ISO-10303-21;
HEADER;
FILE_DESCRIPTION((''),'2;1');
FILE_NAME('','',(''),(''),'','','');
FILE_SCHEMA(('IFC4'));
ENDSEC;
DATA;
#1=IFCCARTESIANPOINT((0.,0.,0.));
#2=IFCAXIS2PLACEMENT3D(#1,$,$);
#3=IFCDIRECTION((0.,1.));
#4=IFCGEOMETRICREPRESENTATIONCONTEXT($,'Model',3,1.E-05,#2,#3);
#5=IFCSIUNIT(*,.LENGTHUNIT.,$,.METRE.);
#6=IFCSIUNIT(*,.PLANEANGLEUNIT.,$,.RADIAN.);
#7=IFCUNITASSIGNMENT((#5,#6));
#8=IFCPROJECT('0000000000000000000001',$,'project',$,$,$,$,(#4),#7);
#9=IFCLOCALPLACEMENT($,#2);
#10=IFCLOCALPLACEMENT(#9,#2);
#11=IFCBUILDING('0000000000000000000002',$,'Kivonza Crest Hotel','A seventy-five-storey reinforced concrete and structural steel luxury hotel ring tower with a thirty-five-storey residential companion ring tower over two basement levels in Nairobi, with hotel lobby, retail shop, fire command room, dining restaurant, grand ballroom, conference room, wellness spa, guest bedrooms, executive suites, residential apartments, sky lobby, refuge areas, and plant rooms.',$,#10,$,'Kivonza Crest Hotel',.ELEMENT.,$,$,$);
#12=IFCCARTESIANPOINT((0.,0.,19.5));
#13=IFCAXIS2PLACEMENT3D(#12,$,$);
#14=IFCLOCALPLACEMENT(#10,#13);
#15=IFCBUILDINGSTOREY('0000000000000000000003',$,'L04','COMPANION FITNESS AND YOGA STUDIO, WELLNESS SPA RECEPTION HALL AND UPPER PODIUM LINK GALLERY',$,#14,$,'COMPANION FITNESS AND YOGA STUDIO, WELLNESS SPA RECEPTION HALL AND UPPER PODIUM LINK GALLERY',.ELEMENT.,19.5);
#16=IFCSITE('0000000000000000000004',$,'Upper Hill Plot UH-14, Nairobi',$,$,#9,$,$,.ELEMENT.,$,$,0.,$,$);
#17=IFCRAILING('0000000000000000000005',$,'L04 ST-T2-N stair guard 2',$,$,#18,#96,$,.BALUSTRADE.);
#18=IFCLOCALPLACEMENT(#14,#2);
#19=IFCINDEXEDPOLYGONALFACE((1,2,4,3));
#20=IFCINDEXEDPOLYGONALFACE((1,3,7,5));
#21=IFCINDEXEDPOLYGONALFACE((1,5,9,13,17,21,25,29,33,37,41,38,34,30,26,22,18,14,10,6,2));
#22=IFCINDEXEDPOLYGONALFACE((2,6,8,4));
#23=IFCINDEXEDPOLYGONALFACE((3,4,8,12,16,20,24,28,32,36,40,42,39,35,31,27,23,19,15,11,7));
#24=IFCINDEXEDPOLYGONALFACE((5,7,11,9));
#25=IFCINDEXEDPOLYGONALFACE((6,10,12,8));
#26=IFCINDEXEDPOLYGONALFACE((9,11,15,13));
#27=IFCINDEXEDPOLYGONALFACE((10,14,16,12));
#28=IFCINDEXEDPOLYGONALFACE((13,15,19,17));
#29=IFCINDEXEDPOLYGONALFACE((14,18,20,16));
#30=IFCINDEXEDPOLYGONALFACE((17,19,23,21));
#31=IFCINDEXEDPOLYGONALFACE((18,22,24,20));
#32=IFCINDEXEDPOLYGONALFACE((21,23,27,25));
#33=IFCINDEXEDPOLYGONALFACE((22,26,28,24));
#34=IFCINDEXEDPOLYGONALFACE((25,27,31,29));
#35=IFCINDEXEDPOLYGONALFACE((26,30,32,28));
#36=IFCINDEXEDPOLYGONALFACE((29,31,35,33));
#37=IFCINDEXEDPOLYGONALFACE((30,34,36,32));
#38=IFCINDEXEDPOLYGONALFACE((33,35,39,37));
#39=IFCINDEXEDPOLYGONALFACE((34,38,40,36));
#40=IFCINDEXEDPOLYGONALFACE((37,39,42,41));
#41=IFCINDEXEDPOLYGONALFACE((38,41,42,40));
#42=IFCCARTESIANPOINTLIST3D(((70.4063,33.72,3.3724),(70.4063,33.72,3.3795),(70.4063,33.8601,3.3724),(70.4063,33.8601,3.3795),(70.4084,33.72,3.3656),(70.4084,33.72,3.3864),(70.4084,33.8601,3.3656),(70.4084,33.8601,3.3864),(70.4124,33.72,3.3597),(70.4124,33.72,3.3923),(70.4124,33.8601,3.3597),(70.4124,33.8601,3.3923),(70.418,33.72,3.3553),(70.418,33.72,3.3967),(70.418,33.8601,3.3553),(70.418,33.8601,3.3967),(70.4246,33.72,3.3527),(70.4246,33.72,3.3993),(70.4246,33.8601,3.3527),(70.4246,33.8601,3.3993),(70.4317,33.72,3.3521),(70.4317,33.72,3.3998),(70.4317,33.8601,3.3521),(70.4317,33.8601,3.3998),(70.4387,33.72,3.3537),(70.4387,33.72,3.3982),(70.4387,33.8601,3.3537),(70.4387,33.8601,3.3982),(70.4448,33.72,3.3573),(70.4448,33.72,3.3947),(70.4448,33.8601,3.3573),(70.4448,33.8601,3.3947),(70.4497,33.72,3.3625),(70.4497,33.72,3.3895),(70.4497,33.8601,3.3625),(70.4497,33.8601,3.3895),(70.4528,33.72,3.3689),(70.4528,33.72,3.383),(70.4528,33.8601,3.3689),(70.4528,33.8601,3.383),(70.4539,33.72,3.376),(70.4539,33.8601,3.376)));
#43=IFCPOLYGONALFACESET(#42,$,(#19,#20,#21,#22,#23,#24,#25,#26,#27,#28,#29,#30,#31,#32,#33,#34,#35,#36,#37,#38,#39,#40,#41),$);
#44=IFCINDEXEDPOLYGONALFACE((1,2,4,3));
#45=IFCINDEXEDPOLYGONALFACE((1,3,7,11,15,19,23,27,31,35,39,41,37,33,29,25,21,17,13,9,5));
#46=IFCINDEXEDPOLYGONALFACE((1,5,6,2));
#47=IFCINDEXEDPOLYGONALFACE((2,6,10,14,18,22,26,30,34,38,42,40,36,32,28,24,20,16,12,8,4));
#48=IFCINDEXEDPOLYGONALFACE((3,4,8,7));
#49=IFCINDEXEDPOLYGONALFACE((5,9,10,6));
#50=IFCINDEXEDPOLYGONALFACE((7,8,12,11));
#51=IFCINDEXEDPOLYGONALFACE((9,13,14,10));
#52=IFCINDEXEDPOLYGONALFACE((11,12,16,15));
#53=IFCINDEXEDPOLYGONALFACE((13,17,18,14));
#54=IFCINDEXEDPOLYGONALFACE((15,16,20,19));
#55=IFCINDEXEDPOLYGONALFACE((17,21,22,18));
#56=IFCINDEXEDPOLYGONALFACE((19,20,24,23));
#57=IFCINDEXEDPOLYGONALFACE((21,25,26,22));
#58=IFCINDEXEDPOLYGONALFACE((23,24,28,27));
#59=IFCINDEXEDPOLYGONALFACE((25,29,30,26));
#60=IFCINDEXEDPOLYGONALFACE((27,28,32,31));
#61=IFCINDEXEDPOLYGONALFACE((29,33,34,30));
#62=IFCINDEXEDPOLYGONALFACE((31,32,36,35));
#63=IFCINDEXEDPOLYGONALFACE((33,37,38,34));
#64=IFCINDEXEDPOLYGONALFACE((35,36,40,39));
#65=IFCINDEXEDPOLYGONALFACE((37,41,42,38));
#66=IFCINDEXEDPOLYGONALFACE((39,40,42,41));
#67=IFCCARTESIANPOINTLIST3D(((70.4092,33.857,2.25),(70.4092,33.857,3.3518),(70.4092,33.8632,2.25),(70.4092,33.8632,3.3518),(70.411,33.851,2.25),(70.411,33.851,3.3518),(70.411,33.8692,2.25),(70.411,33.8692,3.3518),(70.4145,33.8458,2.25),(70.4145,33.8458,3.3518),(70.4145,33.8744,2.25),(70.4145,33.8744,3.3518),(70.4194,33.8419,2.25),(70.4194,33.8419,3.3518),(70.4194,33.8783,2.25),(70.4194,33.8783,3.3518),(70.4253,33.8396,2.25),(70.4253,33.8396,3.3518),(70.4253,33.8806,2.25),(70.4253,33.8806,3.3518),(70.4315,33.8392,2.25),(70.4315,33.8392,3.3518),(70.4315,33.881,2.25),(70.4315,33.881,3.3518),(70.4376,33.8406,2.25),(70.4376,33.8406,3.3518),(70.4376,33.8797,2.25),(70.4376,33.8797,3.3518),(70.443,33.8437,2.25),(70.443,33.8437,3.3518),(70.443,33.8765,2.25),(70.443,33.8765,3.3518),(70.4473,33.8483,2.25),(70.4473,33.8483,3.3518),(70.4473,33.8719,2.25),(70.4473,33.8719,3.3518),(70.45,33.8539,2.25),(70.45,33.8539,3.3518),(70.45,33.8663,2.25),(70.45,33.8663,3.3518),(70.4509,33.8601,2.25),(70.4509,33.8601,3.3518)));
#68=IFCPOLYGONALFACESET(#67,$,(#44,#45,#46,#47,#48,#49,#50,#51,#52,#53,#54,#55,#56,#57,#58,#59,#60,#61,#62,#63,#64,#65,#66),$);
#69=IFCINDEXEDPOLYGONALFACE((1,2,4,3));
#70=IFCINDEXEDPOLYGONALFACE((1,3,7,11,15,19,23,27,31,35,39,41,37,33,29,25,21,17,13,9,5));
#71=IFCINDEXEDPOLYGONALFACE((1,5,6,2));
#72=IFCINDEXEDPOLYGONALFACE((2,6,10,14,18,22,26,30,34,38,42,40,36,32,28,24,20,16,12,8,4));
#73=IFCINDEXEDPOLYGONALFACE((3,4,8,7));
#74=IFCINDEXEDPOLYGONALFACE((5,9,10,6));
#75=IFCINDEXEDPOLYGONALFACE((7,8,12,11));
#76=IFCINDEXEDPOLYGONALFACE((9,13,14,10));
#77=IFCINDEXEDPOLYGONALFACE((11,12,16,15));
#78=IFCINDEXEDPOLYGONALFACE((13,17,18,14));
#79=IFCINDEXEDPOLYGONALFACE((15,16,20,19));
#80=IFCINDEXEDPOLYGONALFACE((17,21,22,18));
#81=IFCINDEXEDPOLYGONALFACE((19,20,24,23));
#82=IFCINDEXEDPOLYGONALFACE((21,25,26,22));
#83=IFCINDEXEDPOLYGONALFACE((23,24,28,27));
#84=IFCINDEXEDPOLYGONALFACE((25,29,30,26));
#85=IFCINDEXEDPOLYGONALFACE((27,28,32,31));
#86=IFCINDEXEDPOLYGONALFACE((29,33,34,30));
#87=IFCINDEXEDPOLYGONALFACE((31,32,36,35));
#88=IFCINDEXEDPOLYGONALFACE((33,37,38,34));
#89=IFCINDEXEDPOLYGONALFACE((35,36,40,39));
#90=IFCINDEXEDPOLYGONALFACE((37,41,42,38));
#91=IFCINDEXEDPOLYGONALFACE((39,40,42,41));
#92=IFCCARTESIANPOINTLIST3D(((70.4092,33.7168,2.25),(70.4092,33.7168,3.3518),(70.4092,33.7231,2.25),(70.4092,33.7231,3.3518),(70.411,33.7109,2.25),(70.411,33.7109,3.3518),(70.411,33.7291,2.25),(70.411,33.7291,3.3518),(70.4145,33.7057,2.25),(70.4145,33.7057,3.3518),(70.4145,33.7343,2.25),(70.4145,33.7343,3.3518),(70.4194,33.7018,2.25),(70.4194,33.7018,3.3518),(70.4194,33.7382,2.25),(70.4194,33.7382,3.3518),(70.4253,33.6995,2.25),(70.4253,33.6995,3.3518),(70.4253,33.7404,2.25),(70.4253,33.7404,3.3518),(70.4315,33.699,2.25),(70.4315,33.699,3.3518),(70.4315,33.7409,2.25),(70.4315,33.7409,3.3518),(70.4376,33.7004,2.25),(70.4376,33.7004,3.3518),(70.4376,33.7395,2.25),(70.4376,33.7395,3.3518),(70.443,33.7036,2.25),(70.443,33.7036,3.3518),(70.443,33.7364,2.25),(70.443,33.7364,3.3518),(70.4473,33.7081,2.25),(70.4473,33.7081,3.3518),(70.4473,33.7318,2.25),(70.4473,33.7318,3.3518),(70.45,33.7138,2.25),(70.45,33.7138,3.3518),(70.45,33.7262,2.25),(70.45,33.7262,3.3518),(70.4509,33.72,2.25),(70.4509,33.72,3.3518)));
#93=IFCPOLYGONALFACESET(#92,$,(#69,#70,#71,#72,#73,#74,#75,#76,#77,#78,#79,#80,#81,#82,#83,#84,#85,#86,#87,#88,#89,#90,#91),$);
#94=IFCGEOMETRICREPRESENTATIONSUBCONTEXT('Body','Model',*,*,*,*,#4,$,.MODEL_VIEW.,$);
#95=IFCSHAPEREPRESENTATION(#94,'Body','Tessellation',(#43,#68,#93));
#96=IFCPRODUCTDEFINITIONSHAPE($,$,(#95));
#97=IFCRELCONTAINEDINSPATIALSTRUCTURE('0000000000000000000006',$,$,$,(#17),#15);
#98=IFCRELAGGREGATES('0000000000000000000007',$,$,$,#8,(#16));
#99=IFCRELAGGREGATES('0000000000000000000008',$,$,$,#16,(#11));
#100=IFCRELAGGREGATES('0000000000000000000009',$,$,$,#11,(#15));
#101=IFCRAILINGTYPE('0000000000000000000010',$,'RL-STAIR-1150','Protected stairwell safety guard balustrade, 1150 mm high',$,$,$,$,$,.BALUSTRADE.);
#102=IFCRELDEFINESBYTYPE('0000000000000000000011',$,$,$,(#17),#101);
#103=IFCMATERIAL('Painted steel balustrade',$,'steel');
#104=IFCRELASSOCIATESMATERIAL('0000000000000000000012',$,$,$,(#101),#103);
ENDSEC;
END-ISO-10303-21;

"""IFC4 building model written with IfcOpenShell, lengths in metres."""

from ifc_helpers import new_model, si_unit, direction, frame, origin, origin_2d, place, context, subcontext, project, spatial, circle, extrude, material, type_object, element, save


model = new_model("IFC4")

# Units and contexts
model_context = context("Model", 3, precision=1e-05, world=origin(), true_north=direction((0.0, 1.0)))
body_context = subcontext(model_context, "Body", "Model", "MODEL_VIEW")
ifc_project = project(units=[si_unit("LENGTHUNIT", "METRE"), si_unit("PLANEANGLEUNIT", "RADIAN")], contexts=[model_context])

# Site, building, storey
site_placement = place(None, origin())
site = spatial("IfcSite", under=ifc_project, at=site_placement, Name="Upper Hill Plot UH-14, Nairobi", CompositionType="ELEMENT", RefElevation=0.0)
building_placement = place(site_placement, origin())
building = spatial("IfcBuilding", under=site, at=building_placement, Name="Kivonza Crest Hotel", Description="A seventy-five-storey reinforced concrete and structural steel luxury hotel ring tower with a thirty-five-storey residential companion ring tower over two basement levels in Nairobi, with hotel lobby, retail shop, fire command room, dining restaurant, grand ballroom, conference room, wellness spa, guest bedrooms, executive suites, residential apartments, sky lobby, refuge areas, and plant rooms.", LongName="Kivonza Crest Hotel", CompositionType="ELEMENT")
storey_placement = place(building_placement, frame((0.0, 0.0, 19.5)))
storey = spatial("IfcBuildingStorey", under=building, at=storey_placement, Name="L04", Description="COMPANION FITNESS AND YOGA STUDIO, WELLNESS SPA RECEPTION HALL AND UPPER PODIUM LINK GALLERY", LongName="COMPANION FITNESS AND YOGA STUDIO, WELLNESS SPA RECEPTION HALL AND UPPER PODIUM LINK GALLERY", CompositionType="ELEMENT", Elevation=19.5)

# Railing
ifc_material_1 = material(Name="Painted steel balustrade", Category="steel")
railing_type_1 = type_object("IfcRailingType", Name="RL-STAIR-1150", Description="Protected stairwell safety guard balustrade, 1150 mm high", PredefinedType="BALUSTRADE", material=ifc_material_1)
railing_1_placement = place(storey_placement, frame((70.4299, 33.8601, 2.25)))
element("IfcRailing", 1, at=railing_1_placement, inside=storey, type_object=railing_type_1, Name="L04 ST-T2-N stair guard 2", PredefinedType="BALUSTRADE", context=body_context, shape_type="SweptSolid", body=[
    extrude(circle(Radius=0.0239, at=origin_2d()), frame((0.0, 0.0, 1.126), z_axis=(0.0, -1.0, 0.0), x_axis=(1.0, 0.0, 0.0)), (0.0, 0.0, 1.0), 0.1401),
    extrude(circle(Radius=0.021, at=origin_2d()), origin(), (0.0, 0.0, 1.0), 1.1018),
    extrude(circle(Radius=0.021, at=origin_2d()), frame((0.0, -0.1401, 0.0)), (0.0, 0.0, 1.0), 1.1018),
])

save(model, "model.ifc")
